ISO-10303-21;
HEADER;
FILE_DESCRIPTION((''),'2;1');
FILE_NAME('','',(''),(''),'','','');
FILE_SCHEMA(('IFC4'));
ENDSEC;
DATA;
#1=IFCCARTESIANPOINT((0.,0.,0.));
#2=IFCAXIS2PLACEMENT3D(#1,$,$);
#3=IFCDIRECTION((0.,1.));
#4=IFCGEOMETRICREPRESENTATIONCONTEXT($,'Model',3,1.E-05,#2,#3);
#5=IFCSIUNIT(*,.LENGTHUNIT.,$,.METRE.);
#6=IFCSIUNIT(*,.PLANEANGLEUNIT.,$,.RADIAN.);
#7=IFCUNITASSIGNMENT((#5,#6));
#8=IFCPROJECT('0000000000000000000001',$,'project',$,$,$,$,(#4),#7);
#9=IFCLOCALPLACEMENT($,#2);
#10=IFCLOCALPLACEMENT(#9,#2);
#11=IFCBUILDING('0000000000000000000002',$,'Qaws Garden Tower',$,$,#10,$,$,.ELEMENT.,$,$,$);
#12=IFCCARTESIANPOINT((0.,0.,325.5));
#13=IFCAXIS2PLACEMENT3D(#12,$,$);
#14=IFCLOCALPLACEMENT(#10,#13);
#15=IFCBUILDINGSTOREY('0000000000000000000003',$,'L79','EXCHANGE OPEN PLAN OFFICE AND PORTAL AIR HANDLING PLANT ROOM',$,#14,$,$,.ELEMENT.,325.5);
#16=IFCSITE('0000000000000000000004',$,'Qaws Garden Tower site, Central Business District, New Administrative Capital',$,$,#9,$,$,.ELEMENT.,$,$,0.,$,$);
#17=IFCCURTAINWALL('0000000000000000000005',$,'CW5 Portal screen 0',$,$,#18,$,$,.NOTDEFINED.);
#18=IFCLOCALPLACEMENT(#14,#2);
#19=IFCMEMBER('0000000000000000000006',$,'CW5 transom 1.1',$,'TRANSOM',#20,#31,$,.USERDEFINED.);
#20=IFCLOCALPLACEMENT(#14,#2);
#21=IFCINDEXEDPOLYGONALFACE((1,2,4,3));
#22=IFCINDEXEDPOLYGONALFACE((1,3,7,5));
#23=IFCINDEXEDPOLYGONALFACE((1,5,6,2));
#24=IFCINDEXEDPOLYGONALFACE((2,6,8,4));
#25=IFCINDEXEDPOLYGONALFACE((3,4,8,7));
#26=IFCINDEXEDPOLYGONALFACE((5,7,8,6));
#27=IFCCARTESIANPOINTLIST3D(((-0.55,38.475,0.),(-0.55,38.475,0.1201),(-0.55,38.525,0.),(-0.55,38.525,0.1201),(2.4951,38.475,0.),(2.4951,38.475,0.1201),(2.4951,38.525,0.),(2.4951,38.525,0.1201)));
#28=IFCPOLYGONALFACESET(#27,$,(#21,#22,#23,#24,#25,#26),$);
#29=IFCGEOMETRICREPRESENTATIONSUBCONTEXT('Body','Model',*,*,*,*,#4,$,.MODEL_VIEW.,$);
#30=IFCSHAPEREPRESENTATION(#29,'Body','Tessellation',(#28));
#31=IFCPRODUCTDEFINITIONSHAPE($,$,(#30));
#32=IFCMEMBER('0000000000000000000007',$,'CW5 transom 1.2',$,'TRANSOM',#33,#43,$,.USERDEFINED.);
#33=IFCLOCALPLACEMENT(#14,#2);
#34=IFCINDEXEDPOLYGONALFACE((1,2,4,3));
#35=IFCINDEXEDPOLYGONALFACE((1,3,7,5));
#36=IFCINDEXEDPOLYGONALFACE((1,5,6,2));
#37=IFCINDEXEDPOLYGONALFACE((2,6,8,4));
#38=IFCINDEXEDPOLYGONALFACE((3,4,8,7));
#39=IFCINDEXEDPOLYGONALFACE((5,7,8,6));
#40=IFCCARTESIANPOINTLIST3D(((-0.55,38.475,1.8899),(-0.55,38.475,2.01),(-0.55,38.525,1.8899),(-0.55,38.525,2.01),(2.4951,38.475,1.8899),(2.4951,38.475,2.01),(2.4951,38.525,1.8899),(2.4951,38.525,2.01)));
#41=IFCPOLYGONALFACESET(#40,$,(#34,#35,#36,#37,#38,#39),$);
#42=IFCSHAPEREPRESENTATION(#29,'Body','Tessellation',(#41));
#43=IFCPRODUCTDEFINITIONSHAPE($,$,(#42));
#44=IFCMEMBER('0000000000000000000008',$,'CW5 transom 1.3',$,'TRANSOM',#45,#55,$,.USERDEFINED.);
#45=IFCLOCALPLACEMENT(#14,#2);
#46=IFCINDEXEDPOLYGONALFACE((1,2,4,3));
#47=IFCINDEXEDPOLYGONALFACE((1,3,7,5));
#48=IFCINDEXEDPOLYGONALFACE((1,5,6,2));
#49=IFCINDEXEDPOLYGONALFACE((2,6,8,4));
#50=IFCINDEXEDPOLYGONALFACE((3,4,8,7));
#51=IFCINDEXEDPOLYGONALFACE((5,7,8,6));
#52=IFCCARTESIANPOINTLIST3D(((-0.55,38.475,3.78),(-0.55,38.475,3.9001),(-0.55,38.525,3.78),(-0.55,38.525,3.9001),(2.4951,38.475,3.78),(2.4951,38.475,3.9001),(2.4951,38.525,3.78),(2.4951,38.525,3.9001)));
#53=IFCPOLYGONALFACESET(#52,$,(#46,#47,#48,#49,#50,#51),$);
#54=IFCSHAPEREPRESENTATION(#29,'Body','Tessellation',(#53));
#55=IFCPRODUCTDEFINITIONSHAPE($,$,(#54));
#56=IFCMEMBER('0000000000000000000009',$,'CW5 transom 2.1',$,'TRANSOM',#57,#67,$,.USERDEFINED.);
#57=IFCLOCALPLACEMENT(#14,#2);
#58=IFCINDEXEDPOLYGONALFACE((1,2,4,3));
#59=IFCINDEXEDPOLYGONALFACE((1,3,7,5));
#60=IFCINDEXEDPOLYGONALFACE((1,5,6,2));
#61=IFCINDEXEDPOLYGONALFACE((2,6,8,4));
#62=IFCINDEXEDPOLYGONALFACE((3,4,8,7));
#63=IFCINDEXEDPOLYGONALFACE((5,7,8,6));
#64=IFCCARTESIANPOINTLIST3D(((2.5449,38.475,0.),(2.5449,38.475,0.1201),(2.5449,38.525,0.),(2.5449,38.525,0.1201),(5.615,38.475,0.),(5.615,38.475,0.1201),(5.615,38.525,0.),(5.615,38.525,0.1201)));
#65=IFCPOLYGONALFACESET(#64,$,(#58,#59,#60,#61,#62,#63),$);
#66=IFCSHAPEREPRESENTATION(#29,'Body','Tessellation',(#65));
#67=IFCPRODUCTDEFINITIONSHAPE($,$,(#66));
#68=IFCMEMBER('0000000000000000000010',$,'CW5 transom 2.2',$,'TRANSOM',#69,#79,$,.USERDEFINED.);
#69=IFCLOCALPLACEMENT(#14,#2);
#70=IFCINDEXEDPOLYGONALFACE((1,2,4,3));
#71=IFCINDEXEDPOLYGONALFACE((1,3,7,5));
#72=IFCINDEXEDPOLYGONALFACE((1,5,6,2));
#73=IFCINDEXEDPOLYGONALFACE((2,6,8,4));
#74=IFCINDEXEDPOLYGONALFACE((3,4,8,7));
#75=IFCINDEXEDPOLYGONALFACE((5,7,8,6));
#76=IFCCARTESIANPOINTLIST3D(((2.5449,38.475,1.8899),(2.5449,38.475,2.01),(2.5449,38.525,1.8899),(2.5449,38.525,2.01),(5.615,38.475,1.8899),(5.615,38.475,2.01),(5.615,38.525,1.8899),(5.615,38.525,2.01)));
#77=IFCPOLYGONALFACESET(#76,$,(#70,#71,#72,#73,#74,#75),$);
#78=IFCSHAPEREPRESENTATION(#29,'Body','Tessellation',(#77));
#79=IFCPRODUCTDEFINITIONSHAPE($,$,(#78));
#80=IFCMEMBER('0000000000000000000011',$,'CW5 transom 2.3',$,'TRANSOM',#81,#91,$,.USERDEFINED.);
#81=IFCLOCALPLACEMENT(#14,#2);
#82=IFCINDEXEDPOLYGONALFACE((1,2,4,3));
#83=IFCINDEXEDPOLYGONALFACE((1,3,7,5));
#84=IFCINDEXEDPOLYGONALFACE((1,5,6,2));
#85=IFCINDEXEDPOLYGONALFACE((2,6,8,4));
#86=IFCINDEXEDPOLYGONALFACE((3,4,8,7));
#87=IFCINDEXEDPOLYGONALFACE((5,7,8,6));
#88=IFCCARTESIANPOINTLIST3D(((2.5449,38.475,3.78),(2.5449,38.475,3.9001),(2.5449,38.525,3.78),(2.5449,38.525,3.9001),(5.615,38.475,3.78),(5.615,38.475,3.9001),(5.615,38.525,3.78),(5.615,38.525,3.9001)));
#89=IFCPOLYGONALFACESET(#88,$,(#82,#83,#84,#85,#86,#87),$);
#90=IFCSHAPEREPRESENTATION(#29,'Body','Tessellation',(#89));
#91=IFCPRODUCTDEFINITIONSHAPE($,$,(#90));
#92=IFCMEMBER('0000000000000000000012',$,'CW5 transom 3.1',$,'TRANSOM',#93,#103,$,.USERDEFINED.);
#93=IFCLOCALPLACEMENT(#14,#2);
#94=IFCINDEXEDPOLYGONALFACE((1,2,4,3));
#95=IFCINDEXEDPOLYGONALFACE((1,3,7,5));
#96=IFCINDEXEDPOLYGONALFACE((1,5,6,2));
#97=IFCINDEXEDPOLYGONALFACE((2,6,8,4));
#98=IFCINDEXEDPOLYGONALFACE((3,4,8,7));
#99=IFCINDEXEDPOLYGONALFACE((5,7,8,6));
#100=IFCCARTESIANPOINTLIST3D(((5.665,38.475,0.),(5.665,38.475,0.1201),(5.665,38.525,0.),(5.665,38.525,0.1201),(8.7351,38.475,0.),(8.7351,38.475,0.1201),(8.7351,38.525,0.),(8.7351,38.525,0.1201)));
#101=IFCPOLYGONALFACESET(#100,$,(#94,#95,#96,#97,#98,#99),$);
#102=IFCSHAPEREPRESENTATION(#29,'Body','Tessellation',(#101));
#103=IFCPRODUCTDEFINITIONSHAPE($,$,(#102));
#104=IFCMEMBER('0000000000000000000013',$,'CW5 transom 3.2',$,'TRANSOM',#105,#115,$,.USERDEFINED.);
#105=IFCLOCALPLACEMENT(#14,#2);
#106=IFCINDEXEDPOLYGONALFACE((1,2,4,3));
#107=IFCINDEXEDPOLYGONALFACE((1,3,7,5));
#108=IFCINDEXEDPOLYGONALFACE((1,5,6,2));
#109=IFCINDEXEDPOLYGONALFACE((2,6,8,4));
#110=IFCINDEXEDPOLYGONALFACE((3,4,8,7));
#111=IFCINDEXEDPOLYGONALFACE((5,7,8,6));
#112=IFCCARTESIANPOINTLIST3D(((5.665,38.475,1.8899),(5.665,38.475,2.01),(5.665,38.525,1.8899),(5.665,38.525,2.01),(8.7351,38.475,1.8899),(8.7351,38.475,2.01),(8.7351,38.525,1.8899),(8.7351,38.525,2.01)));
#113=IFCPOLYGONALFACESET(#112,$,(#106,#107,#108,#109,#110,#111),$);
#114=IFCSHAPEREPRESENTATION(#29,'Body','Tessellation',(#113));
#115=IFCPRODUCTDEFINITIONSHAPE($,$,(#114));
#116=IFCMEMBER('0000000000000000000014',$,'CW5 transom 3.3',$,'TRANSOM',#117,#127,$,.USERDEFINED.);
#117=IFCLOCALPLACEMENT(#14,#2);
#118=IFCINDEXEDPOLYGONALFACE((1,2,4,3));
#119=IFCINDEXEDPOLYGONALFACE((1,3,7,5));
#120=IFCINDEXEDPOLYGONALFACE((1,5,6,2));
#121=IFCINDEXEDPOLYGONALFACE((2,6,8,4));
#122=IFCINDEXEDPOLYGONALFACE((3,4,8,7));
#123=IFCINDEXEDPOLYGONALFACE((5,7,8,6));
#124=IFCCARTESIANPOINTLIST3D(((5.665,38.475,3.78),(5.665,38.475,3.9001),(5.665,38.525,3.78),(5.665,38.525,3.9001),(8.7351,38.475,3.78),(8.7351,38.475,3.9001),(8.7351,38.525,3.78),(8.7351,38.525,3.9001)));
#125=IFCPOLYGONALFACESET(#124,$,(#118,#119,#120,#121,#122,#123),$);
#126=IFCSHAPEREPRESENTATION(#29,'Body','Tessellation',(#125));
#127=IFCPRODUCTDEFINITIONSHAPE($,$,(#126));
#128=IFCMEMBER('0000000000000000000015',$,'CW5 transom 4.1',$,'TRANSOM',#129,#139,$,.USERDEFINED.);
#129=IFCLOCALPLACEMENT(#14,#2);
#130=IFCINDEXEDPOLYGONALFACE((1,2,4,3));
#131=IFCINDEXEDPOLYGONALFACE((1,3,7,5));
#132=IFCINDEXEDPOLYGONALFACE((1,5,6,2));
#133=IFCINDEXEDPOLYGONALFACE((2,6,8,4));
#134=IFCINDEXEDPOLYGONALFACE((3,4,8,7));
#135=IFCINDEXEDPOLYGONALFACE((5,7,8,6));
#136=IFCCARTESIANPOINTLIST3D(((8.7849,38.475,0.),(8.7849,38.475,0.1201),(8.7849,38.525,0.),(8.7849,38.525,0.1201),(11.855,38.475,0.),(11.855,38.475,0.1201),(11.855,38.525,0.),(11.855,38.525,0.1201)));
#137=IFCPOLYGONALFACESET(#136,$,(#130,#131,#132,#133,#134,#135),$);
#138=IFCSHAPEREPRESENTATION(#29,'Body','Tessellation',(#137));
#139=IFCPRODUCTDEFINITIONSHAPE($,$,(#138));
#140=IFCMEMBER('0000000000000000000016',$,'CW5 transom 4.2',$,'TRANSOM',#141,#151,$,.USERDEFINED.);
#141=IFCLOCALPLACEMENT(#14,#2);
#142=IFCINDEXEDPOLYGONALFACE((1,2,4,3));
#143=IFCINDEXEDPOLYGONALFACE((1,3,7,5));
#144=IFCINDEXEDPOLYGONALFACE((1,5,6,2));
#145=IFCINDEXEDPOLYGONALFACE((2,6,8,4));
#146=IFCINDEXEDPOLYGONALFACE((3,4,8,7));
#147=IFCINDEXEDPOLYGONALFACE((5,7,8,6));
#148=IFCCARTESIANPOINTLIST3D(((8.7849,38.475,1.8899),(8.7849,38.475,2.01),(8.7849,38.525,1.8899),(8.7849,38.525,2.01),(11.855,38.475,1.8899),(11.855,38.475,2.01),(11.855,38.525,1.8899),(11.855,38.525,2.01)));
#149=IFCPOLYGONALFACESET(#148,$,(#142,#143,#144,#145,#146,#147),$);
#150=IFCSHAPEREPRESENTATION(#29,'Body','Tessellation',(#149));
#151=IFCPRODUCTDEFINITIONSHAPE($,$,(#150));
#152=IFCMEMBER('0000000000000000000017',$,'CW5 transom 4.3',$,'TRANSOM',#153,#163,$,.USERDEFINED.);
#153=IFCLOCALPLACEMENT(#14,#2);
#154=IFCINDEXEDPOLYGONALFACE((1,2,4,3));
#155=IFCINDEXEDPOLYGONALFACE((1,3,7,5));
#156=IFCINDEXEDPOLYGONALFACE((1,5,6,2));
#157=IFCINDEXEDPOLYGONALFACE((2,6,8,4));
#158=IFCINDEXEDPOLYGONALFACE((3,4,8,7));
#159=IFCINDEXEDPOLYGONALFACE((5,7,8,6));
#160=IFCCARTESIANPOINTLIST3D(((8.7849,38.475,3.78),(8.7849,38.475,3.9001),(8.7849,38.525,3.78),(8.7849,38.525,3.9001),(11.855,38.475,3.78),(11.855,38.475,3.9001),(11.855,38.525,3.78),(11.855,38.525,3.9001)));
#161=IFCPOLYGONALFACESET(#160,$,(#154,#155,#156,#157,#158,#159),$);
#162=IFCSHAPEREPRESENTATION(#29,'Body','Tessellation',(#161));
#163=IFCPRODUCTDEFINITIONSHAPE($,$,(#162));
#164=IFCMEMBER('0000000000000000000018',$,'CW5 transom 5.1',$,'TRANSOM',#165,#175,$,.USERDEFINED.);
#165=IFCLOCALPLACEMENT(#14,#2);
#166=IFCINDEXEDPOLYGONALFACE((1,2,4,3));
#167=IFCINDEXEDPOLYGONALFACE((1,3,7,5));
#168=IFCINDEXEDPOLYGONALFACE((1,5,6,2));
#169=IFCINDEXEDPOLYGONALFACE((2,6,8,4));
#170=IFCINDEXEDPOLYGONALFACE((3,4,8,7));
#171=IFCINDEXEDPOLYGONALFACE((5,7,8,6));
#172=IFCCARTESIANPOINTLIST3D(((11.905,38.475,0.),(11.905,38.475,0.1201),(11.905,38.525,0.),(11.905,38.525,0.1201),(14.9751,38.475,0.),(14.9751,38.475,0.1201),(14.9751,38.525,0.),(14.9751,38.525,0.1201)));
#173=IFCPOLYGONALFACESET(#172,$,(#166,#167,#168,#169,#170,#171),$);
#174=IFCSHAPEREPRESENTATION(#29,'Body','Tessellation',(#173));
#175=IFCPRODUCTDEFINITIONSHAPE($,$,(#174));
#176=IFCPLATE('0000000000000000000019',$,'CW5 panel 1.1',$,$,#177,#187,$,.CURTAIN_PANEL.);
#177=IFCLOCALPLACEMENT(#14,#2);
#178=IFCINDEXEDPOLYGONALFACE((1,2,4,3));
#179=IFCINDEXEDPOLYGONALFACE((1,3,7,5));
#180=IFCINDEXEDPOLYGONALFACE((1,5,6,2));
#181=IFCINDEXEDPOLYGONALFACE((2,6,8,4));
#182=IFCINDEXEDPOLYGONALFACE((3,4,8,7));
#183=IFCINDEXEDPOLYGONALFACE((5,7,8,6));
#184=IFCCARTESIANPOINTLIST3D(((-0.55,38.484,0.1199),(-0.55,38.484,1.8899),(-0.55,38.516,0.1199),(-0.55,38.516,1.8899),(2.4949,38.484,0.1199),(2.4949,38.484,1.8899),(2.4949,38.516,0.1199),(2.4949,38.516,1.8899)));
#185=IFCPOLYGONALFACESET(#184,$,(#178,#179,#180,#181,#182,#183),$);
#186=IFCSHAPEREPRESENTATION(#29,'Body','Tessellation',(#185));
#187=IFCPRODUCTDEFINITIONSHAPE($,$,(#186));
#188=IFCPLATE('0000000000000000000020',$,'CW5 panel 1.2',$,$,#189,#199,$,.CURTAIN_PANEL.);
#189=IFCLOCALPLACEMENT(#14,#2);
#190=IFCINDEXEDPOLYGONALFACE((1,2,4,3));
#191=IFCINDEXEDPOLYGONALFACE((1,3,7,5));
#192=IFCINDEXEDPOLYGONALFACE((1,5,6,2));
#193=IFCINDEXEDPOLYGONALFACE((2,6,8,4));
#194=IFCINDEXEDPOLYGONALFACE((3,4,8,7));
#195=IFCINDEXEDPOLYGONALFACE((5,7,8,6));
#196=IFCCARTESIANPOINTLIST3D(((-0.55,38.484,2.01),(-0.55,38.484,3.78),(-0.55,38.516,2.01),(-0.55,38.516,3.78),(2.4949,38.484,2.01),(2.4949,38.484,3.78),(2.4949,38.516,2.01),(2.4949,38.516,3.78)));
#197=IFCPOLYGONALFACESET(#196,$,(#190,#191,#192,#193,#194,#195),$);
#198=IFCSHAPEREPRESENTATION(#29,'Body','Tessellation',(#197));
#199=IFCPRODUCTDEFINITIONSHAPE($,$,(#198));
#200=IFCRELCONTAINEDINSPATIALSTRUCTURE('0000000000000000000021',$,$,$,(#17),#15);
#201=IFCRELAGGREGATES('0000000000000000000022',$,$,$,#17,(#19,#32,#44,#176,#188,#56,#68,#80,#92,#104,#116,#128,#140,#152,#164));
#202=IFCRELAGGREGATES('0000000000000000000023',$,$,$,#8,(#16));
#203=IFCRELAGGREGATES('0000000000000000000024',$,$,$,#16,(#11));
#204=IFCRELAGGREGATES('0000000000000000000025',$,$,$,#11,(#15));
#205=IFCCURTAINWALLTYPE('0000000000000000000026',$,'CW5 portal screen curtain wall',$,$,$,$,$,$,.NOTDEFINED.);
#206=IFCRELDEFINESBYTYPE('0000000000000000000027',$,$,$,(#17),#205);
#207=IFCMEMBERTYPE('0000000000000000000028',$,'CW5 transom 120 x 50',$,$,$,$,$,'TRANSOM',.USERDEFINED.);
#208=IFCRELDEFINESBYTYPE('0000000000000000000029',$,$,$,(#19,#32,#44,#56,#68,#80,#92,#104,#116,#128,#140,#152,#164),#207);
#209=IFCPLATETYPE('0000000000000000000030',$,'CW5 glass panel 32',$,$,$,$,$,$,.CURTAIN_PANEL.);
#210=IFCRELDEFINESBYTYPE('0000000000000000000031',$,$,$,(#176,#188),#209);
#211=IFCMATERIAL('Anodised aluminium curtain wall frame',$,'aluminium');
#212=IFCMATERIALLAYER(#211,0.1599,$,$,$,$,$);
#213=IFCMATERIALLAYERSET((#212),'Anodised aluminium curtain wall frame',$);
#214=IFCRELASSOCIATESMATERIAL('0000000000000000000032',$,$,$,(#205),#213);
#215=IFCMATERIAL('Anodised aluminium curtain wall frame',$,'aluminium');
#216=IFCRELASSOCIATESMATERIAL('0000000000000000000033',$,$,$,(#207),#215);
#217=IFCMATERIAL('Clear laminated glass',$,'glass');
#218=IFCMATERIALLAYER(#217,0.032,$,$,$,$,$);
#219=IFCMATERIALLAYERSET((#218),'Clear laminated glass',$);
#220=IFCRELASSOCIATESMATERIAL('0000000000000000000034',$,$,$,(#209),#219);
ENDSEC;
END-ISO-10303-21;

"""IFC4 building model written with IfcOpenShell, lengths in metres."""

from ifc_helpers import new_model, si_unit, direction, frame, origin, origin_2d, place, context, subcontext, project, spatial, rectangle, extrude, material, layer, layer_set, material_profile, profile_set, type_object, element, aggregate, save


model = new_model("IFC4")

# Units and contexts
model_context = context("Model", 3, precision=1e-05, world=origin(), true_north=direction((0.0, 1.0)))
body_context = subcontext(model_context, "Body", "Model", "MODEL_VIEW")
ifc_project = project(units=[si_unit("LENGTHUNIT", "METRE"), si_unit("PLANEANGLEUNIT", "RADIAN")], contexts=[model_context])

# Site, building, storey
site_placement = place(None, origin())
site = spatial("IfcSite", under=ifc_project, at=site_placement, Name="Qaws Garden Tower site, Central Business District, New Administrative Capital", CompositionType="ELEMENT", RefElevation=0.0)
building_placement = place(site_placement, origin())
building = spatial("IfcBuilding", under=site, at=building_placement, Name="Qaws Garden Tower", CompositionType="ELEMENT")
storey_placement = place(building_placement, frame((0.0, 0.0, 325.5)))
storey = spatial("IfcBuildingStorey", under=building, at=storey_placement, Name="L79", Description="EXCHANGE OPEN PLAN OFFICE AND PORTAL AIR HANDLING PLANT ROOM", CompositionType="ELEMENT", Elevation=325.5)

# Curtain wall, members, plates
ifc_material_1 = material(Name="Anodised aluminium curtain wall frame", Category="aluminium")
ifc_layer_1 = layer(ifc_material_1, 0.1599)
ifc_layer_set_1 = layer_set([ifc_layer_1], Name="Anodised aluminium curtain wall frame")
curtain_wall_type = type_object("IfcCurtainWallType", Name="CW5 portal screen curtain wall", PredefinedType="NOTDEFINED", material=ifc_layer_set_1)
curtain_wall_placement = place(storey_placement, origin())
curtain_wall = element("IfcCurtainWall", 1, at=curtain_wall_placement, inside=storey, type_object=curtain_wall_type, Name="CW5 Portal screen 0", PredefinedType="NOTDEFINED")
ifc_material_2 = material(Name="Anodised aluminium curtain wall frame", Category="aluminium")
ifc_material_profile = material_profile(ifc_material_2, rectangle(XDim=0.05, YDim=0.1201, at=origin_2d()), Name="AL 50x120")
ifc_profile_set = profile_set([ifc_material_profile], Name="Anodised aluminium curtain wall frame")
member_type = type_object("IfcMemberType", Name="CW5 transom 120 x 50", ElementType="TRANSOM", PredefinedType="USERDEFINED", material=ifc_profile_set)
member_1_placement = place(storey_placement, frame((-0.55, 38.5, 0.0601), z_axis=(1.0, 0.0, 0.0), x_axis=(0.0, 1.0, 0.0)))
member_1 = element("IfcMember", 2, at=member_1_placement, type_object=member_type, Name="CW5 transom 1.1", ObjectType="TRANSOM", PredefinedType="USERDEFINED", context=body_context, shape_type="SweptSolid", body=[
    extrude(rectangle(XDim=0.05, YDim=0.1201, at=origin_2d()), origin(), (0.0, 0.0, 1.0), 3.0452),
])
member_2_placement = place(storey_placement, frame((-0.55, 38.5, 1.95), z_axis=(1.0, 0.0, 0.0), x_axis=(0.0, 1.0, 0.0)))
member_2 = element("IfcMember", 3, at=member_2_placement, type_object=member_type, Name="CW5 transom 1.2", ObjectType="TRANSOM", PredefinedType="USERDEFINED", context=body_context, shape_type="SweptSolid", body=[
    extrude(rectangle(XDim=0.05, YDim=0.1201, at=origin_2d()), origin(), (0.0, 0.0, 1.0), 3.0452),
])
member_3_placement = place(storey_placement, frame((-0.55, 38.5, 3.8401), z_axis=(1.0, 0.0, 0.0), x_axis=(0.0, 1.0, 0.0)))
member_3 = element("IfcMember", 4, at=member_3_placement, type_object=member_type, Name="CW5 transom 1.3", ObjectType="TRANSOM", PredefinedType="USERDEFINED", context=body_context, shape_type="SweptSolid", body=[
    extrude(rectangle(XDim=0.05, YDim=0.1201, at=origin_2d()), origin(), (0.0, 0.0, 1.0), 3.0452),
])
member_4_placement = place(storey_placement, frame((2.5449, 38.5, 0.0601), z_axis=(1.0, 0.0, 0.0), x_axis=(0.0, 1.0, 0.0)))
member_4 = element("IfcMember", 5, at=member_4_placement, type_object=member_type, Name="CW5 transom 2.1", ObjectType="TRANSOM", PredefinedType="USERDEFINED", context=body_context, shape_type="SweptSolid", body=[
    extrude(rectangle(XDim=0.05, YDim=0.1201, at=origin_2d()), origin(), (0.0, 0.0, 1.0), 3.0701),
])
member_5_placement = place(storey_placement, frame((2.5449, 38.5, 1.95), z_axis=(1.0, 0.0, 0.0), x_axis=(0.0, 1.0, 0.0)))
member_5 = element("IfcMember", 6, at=member_5_placement, type_object=member_type, Name="CW5 transom 2.2", ObjectType="TRANSOM", PredefinedType="USERDEFINED", context=body_context, shape_type="SweptSolid", body=[
    extrude(rectangle(XDim=0.05, YDim=0.1201, at=origin_2d()), origin(), (0.0, 0.0, 1.0), 3.0701),
])
member_6_placement = place(storey_placement, frame((2.5449, 38.5, 3.8401), z_axis=(1.0, 0.0, 0.0), x_axis=(0.0, 1.0, 0.0)))
member_6 = element("IfcMember", 7, at=member_6_placement, type_object=member_type, Name="CW5 transom 2.3", ObjectType="TRANSOM", PredefinedType="USERDEFINED", context=body_context, shape_type="SweptSolid", body=[
    extrude(rectangle(XDim=0.05, YDim=0.1201, at=origin_2d()), origin(), (0.0, 0.0, 1.0), 3.0701),
])
member_7_placement = place(storey_placement, frame((5.665, 38.5, 0.0601), z_axis=(1.0, 0.0, 0.0), x_axis=(0.0, 1.0, 0.0)))
member_7 = element("IfcMember", 8, at=member_7_placement, type_object=member_type, Name="CW5 transom 3.1", ObjectType="TRANSOM", PredefinedType="USERDEFINED", context=body_context, shape_type="SweptSolid", body=[
    extrude(rectangle(XDim=0.05, YDim=0.1201, at=origin_2d()), origin(), (0.0, 0.0, 1.0), 3.0701),
])
member_8_placement = place(storey_placement, frame((5.665, 38.5, 1.95), z_axis=(1.0, 0.0, 0.0), x_axis=(0.0, 1.0, 0.0)))
member_8 = element("IfcMember", 9, at=member_8_placement, type_object=member_type, Name="CW5 transom 3.2", ObjectType="TRANSOM", PredefinedType="USERDEFINED", context=body_context, shape_type="SweptSolid", body=[
    extrude(rectangle(XDim=0.05, YDim=0.1201, at=origin_2d()), origin(), (0.0, 0.0, 1.0), 3.0701),
])
member_9_placement = place(storey_placement, frame((5.665, 38.5, 3.8401), z_axis=(1.0, 0.0, 0.0), x_axis=(0.0, 1.0, 0.0)))
member_9 = element("IfcMember", 10, at=member_9_placement, type_object=member_type, Name="CW5 transom 3.3", ObjectType="TRANSOM", PredefinedType="USERDEFINED", context=body_context, shape_type="SweptSolid", body=[
    extrude(rectangle(XDim=0.05, YDim=0.1201, at=origin_2d()), origin(), (0.0, 0.0, 1.0), 3.0701),
])
member_10_placement = place(storey_placement, frame((8.7849, 38.5, 0.0601), z_axis=(1.0, 0.0, 0.0), x_axis=(0.0, 1.0, 0.0)))
member_10 = element("IfcMember", 11, at=member_10_placement, type_object=member_type, Name="CW5 transom 4.1", ObjectType="TRANSOM", PredefinedType="USERDEFINED", context=body_context, shape_type="SweptSolid", body=[
    extrude(rectangle(XDim=0.05, YDim=0.1201, at=origin_2d()), origin(), (0.0, 0.0, 1.0), 3.0701),
])
member_11_placement = place(storey_placement, frame((8.7849, 38.5, 1.95), z_axis=(1.0, 0.0, 0.0), x_axis=(0.0, 1.0, 0.0)))
member_11 = element("IfcMember", 12, at=member_11_placement, type_object=member_type, Name="CW5 transom 4.2", ObjectType="TRANSOM", PredefinedType="USERDEFINED", context=body_context, shape_type="SweptSolid", body=[
    extrude(rectangle(XDim=0.05, YDim=0.1201, at=origin_2d()), origin(), (0.0, 0.0, 1.0), 3.0701),
])
member_12_placement = place(storey_placement, frame((8.7849, 38.5, 3.8401), z_axis=(1.0, 0.0, 0.0), x_axis=(0.0, 1.0, 0.0)))
member_12 = element("IfcMember", 13, at=member_12_placement, type_object=member_type, Name="CW5 transom 4.3", ObjectType="TRANSOM", PredefinedType="USERDEFINED", context=body_context, shape_type="SweptSolid", body=[
    extrude(rectangle(XDim=0.05, YDim=0.1201, at=origin_2d()), origin(), (0.0, 0.0, 1.0), 3.0701),
])
member_13_placement = place(storey_placement, frame((11.905, 38.5, 0.0601), z_axis=(1.0, 0.0, 0.0), x_axis=(0.0, 1.0, 0.0)))
member_13 = element("IfcMember", 14, at=member_13_placement, type_object=member_type, Name="CW5 transom 5.1", ObjectType="TRANSOM", PredefinedType="USERDEFINED", context=body_context, shape_type="SweptSolid", body=[
    extrude(rectangle(XDim=0.05, YDim=0.1201, at=origin_2d()), origin(), (0.0, 0.0, 1.0), 3.0701),
])
ifc_material_3 = material(Name="Clear laminated glass", Category="glass")
ifc_layer_2 = layer(ifc_material_3, 0.032)
ifc_layer_set_2 = layer_set([ifc_layer_2], Name="Clear laminated glass")
plate_type = type_object("IfcPlateType", Name="CW5 glass panel 32", PredefinedType="CURTAIN_PANEL", material=ifc_layer_set_2)
plate_1_placement = place(storey_placement, frame((0.9724, 38.5, 0.1199), z_axis=(0.0, 0.0, 1.0), x_axis=(1.0, 0.0, 0.0)))
plate_1 = element("IfcPlate", 15, at=plate_1_placement, type_object=plate_type, Name="CW5 panel 1.1", PredefinedType="CURTAIN_PANEL", context=body_context, shape_type="SweptSolid", body=[
    extrude(rectangle(XDim=3.0449, YDim=0.032, at=origin_2d()), origin(), (0.0, 0.0, 1.0), 1.77),
])
plate_2_placement = place(storey_placement, frame((0.9724, 38.5, 2.01), z_axis=(0.0, 0.0, 1.0), x_axis=(1.0, 0.0, 0.0)))
plate_2 = element("IfcPlate", 16, at=plate_2_placement, type_object=plate_type, Name="CW5 panel 1.2", PredefinedType="CURTAIN_PANEL", context=body_context, shape_type="SweptSolid", body=[
    extrude(rectangle(XDim=3.0449, YDim=0.032, at=origin_2d()), origin(), (0.0, 0.0, 1.0), 1.77),
])
aggregate(curtain_wall, [member_1, member_2, member_3, plate_1, plate_2, member_4, member_5, member_6, member_7, member_8, member_9, member_10, member_11, member_12, member_13])

save(model, "model.ifc")
